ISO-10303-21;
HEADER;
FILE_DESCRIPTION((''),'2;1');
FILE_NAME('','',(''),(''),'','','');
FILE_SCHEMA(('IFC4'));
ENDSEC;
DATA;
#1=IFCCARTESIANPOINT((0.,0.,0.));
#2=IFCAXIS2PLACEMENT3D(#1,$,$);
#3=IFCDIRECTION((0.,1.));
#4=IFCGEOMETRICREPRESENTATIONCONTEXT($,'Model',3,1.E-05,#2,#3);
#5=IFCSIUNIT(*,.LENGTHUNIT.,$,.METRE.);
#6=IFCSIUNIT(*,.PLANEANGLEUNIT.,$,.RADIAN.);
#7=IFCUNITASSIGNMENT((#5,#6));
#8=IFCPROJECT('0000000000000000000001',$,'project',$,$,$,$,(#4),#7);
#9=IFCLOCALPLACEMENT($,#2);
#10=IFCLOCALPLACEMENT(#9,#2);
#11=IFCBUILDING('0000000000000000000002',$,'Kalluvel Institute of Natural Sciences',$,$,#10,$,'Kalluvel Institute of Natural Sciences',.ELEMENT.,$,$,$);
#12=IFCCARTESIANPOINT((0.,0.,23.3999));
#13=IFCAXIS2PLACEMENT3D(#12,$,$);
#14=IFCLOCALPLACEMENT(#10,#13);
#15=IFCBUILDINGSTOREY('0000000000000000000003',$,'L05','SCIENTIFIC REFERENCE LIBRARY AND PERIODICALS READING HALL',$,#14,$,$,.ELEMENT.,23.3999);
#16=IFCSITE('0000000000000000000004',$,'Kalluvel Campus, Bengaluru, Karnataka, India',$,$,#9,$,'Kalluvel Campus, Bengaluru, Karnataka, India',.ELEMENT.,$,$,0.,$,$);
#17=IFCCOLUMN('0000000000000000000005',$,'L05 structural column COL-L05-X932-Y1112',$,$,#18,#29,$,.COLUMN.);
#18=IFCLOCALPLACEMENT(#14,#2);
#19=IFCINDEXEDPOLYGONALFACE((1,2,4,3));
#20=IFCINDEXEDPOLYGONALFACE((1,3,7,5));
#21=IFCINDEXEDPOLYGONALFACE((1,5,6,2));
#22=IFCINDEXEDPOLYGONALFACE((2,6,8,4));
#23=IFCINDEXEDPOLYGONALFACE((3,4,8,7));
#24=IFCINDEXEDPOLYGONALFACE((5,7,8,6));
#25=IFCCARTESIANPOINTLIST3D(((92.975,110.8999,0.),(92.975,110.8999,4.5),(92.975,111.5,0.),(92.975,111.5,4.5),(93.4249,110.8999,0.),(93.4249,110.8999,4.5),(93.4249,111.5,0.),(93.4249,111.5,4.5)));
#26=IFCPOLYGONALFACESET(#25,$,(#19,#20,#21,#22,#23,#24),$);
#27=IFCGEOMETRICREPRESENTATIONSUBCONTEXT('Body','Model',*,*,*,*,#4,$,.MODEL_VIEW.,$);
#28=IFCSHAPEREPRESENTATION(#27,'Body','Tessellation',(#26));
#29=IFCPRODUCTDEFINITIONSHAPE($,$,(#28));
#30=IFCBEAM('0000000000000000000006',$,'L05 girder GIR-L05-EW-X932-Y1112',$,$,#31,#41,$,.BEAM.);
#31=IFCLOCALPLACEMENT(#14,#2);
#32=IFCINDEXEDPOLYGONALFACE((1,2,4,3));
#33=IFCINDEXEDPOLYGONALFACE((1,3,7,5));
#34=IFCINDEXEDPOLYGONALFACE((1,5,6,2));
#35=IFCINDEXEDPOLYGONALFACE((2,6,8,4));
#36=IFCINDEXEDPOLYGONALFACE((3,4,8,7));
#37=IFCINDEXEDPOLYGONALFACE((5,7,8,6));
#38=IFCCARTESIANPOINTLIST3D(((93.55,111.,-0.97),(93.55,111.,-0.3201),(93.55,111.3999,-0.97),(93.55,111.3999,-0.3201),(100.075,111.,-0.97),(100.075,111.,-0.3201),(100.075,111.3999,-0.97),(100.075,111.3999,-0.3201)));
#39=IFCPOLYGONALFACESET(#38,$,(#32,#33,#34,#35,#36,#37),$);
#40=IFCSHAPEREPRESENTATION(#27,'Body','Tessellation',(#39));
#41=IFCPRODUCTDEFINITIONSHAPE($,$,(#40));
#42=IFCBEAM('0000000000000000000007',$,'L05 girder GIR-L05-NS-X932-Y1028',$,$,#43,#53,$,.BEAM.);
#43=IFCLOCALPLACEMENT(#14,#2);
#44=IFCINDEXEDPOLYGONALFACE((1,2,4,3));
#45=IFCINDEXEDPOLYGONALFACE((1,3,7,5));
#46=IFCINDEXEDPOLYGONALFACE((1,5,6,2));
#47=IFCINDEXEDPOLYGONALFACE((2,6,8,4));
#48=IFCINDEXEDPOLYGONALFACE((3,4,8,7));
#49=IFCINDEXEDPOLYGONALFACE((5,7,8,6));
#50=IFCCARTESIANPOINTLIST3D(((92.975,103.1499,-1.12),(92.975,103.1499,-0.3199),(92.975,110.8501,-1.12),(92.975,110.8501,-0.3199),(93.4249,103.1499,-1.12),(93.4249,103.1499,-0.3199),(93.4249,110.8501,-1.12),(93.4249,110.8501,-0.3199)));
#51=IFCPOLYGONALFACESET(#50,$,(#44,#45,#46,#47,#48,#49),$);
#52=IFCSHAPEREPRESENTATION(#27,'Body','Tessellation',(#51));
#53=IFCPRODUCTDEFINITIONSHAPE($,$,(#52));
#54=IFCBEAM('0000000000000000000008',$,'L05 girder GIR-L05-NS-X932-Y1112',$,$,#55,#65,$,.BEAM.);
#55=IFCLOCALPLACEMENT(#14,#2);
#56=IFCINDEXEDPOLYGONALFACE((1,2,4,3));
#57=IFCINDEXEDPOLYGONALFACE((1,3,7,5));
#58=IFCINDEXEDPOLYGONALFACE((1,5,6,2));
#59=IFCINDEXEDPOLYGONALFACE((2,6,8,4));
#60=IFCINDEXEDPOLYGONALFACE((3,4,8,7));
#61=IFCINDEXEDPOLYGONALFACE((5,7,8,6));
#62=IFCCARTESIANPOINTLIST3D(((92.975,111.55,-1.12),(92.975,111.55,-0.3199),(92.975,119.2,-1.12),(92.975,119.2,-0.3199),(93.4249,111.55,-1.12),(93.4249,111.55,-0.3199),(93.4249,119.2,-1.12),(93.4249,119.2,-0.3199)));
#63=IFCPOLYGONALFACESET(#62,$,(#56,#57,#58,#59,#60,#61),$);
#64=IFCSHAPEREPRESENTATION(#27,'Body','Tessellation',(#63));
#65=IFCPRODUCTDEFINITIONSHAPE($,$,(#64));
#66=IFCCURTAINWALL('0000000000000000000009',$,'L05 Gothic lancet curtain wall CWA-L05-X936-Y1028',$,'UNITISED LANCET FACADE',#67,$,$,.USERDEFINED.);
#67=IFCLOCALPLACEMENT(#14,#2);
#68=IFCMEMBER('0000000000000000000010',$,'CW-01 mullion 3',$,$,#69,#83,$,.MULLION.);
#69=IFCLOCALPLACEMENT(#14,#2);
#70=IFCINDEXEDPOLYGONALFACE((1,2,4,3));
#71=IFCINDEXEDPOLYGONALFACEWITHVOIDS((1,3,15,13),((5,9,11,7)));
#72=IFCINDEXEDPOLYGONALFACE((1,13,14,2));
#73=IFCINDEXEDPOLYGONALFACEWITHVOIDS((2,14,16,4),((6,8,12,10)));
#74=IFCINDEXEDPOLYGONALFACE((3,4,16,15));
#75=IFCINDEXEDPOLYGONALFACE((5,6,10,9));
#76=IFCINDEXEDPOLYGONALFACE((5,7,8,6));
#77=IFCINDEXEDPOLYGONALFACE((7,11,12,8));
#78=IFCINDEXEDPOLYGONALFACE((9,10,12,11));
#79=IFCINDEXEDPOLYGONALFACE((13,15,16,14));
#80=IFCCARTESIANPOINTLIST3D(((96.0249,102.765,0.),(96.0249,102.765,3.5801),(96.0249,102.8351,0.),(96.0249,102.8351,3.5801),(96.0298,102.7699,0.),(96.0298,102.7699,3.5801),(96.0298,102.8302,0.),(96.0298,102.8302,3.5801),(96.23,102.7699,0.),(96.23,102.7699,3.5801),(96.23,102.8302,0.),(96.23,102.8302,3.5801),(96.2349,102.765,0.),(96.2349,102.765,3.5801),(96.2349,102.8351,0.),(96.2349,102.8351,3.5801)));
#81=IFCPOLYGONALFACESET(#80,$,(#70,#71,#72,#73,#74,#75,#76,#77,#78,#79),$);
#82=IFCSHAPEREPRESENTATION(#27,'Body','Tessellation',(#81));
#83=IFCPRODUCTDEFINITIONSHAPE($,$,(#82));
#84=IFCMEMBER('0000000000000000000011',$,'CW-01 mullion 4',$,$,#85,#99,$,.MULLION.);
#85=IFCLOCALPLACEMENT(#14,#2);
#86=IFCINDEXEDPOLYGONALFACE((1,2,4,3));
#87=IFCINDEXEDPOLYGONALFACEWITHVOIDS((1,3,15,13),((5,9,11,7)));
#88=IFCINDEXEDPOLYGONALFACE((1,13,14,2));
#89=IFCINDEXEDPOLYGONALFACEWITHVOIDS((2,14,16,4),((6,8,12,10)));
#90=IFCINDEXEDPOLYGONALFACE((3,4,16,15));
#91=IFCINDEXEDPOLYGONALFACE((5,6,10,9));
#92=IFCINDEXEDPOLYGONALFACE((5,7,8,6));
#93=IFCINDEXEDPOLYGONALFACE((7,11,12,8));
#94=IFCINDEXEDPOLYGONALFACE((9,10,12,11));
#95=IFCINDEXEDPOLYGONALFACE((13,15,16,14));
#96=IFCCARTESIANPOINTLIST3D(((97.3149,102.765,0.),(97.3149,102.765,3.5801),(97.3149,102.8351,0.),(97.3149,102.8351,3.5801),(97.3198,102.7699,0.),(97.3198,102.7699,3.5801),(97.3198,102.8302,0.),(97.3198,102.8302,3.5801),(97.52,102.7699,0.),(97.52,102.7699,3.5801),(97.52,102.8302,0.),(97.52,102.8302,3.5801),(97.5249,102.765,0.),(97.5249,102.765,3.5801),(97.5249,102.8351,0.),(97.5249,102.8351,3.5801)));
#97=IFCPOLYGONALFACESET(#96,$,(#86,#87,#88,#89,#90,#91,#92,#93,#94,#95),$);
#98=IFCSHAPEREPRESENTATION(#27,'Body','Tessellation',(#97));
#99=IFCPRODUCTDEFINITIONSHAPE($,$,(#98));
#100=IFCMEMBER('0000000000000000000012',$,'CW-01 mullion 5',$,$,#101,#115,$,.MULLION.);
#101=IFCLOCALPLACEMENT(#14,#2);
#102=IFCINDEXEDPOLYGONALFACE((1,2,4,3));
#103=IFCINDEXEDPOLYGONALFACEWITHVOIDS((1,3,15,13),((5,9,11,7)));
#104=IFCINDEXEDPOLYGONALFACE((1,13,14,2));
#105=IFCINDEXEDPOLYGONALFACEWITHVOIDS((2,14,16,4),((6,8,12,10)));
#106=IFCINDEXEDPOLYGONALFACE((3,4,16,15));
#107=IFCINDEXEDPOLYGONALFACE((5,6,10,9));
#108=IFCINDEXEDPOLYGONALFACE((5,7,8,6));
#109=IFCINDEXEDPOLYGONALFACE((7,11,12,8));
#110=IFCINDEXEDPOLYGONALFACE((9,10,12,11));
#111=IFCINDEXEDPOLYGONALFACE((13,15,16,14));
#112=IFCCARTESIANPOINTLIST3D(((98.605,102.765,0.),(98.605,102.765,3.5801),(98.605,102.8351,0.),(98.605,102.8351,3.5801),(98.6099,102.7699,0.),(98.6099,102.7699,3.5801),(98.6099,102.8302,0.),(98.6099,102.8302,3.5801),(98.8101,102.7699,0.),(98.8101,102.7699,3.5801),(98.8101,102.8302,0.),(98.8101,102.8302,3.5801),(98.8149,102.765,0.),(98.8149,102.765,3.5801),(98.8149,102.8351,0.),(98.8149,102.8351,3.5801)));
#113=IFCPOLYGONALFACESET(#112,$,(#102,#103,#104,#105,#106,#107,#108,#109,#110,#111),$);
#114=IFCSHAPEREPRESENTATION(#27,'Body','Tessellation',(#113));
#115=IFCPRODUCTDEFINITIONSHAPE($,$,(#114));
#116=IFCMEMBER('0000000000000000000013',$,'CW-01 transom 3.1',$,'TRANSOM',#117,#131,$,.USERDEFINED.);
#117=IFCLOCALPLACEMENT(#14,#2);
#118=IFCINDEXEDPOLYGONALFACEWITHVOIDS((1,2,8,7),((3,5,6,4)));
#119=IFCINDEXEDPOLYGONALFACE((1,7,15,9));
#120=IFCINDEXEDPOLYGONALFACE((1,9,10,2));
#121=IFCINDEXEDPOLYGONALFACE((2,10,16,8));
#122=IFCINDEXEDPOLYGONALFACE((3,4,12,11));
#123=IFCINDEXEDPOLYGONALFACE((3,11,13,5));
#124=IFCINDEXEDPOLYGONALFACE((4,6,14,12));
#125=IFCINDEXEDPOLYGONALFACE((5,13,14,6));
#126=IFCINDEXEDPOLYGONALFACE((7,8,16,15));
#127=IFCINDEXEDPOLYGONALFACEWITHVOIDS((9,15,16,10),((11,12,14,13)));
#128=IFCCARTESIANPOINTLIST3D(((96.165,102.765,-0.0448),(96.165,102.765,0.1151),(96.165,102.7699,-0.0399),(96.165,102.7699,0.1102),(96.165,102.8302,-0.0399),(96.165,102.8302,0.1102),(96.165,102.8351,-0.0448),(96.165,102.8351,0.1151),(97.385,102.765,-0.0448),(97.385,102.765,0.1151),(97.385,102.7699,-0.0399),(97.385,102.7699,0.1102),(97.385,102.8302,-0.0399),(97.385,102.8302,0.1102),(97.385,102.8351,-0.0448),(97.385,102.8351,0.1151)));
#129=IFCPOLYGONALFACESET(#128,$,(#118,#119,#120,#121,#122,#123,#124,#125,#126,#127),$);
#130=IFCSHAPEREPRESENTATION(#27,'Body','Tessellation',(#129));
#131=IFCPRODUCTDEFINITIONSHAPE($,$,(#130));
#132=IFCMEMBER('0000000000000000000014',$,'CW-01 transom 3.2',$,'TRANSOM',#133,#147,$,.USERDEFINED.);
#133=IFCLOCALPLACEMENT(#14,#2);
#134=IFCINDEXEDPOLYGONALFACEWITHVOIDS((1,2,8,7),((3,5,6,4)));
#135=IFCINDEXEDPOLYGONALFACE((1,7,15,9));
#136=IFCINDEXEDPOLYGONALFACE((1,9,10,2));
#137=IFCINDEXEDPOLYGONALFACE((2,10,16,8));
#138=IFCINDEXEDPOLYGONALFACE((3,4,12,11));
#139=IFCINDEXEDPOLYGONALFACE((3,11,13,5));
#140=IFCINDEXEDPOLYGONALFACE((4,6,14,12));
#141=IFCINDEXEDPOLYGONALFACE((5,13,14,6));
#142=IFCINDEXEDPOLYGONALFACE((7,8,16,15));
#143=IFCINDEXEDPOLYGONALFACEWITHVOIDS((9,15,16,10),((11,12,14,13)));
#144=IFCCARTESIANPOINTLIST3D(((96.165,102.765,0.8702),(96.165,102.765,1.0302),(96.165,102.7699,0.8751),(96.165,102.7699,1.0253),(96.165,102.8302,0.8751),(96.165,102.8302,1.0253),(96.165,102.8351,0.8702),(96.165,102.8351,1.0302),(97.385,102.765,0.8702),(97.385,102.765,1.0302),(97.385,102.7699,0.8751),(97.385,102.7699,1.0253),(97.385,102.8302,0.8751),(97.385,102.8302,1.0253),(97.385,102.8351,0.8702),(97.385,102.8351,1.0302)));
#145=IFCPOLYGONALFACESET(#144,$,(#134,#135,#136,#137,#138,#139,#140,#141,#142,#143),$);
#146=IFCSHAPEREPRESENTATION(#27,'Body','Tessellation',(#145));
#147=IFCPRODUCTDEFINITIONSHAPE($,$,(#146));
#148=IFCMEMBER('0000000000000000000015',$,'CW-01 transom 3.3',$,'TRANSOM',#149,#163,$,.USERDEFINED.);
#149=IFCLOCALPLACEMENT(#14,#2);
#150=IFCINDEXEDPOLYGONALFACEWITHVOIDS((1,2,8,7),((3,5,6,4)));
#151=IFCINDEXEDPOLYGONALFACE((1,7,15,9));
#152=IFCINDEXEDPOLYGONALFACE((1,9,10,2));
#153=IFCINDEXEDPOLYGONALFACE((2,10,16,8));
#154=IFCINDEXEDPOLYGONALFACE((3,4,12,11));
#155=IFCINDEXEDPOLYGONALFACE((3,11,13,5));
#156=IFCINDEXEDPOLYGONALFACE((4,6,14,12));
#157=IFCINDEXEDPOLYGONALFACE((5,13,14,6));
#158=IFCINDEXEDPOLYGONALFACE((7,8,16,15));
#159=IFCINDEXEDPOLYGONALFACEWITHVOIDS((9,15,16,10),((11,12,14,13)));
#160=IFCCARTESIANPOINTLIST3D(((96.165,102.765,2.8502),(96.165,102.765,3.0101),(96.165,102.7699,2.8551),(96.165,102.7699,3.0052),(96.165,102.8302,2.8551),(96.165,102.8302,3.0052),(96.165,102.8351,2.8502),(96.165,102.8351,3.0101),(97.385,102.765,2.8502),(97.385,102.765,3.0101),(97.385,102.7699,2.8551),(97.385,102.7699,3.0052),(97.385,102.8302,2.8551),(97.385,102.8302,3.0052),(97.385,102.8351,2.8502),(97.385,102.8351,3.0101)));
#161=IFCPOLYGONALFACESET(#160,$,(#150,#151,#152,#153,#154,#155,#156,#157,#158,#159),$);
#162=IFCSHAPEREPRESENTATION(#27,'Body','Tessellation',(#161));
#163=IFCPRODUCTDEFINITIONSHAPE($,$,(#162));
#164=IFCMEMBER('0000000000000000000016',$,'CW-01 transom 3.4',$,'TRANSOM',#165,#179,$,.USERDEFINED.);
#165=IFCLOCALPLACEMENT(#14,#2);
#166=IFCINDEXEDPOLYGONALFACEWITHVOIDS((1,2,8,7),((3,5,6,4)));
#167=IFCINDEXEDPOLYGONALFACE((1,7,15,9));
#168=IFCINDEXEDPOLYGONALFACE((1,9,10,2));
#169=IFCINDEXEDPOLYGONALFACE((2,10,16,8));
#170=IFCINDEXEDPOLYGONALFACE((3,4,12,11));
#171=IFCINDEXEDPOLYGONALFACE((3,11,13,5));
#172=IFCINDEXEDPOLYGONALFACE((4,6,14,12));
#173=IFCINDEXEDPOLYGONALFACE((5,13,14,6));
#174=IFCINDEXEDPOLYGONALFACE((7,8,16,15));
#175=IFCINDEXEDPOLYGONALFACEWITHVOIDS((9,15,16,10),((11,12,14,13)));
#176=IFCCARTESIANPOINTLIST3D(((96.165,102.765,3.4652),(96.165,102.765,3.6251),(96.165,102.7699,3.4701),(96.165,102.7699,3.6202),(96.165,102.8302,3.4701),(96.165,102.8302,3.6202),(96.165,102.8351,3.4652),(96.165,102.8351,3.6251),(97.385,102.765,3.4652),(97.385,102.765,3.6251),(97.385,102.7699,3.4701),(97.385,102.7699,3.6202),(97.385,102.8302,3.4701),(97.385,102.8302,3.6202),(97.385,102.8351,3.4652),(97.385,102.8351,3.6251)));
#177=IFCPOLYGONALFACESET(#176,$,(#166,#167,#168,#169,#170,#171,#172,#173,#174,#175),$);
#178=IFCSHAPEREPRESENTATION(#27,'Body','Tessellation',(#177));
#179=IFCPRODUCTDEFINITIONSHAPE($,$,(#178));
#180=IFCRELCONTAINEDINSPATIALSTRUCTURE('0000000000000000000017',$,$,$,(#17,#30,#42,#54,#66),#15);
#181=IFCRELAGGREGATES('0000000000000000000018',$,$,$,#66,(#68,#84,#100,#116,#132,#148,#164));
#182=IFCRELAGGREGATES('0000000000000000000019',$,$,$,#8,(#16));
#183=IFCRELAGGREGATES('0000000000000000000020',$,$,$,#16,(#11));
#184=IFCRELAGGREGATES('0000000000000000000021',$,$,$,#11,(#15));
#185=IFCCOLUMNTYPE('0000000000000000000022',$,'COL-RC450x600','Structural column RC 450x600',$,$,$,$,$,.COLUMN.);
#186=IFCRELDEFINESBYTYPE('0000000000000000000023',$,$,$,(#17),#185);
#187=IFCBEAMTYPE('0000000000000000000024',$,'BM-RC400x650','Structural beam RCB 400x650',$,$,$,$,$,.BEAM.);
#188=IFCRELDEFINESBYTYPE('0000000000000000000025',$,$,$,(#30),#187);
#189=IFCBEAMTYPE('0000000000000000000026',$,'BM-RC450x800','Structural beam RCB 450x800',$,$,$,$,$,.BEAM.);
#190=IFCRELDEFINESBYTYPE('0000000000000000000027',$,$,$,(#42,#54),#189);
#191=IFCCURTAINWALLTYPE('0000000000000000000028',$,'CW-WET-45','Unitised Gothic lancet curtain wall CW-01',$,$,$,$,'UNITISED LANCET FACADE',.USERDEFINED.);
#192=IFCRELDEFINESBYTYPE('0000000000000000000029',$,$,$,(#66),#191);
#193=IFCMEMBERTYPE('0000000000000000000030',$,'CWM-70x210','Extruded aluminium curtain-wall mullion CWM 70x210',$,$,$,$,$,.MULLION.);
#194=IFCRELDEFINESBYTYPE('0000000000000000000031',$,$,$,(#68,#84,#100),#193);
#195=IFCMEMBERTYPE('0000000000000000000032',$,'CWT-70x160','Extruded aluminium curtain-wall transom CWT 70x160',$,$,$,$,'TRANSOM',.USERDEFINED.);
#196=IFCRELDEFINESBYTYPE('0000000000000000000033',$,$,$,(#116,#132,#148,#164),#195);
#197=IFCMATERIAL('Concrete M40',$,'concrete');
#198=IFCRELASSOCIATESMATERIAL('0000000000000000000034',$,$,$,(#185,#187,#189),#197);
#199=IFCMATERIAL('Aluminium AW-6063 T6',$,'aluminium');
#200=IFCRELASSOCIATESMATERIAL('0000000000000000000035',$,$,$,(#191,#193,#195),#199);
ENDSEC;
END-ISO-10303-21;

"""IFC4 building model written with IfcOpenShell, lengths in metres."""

from ifc_helpers import new_model, si_unit, direction, frame, origin, origin_2d, place, context, subcontext, project, spatial, rectangle, hollow_rectangle, extrude, material, material_profile, profile_set, type_object, element, aggregate, save


model = new_model("IFC4")

# Units and contexts
model_context = context("Model", 3, precision=1e-05, world=origin(), true_north=direction((0.0, 1.0)))
body_context = subcontext(model_context, "Body", "Model", "MODEL_VIEW")
ifc_project = project(units=[si_unit("LENGTHUNIT", "METRE"), si_unit("PLANEANGLEUNIT", "RADIAN")], contexts=[model_context])

# Site, building, storey
site_placement = place(None, origin())
site = spatial("IfcSite", under=ifc_project, at=site_placement, Name="Kalluvel Campus, Bengaluru, Karnataka, India", LongName="Kalluvel Campus, Bengaluru, Karnataka, India", CompositionType="ELEMENT", RefElevation=0.0)
building_placement = place(site_placement, origin())
building = spatial("IfcBuilding", under=site, at=building_placement, Name="Kalluvel Institute of Natural Sciences", LongName="Kalluvel Institute of Natural Sciences", CompositionType="ELEMENT")
storey_placement = place(building_placement, frame((0.0, 0.0, 23.3999)))
storey = spatial("IfcBuildingStorey", under=building, at=storey_placement, Name="L05", Description="SCIENTIFIC REFERENCE LIBRARY AND PERIODICALS READING HALL", CompositionType="ELEMENT", Elevation=23.3999)

# Column
ifc_material_1 = material(Name="Concrete M40", Category="concrete")
ifc_material_profile_1 = material_profile(ifc_material_1, rectangle(XDim=0.45, YDim=0.6001, at=origin_2d()), Name="RC 450x600")
ifc_profile_set_1 = profile_set([ifc_material_profile_1], Name="Concrete M40")
column_type = type_object("IfcColumnType", Name="COL-RC450x600", Description="Structural column RC 450x600", PredefinedType="COLUMN", material=ifc_profile_set_1)
column_placement = place(storey_placement, frame((93.2, 111.2, 0.0), z_axis=(0.0, 0.0, 1.0), x_axis=(1.0, 0.0, 0.0)))
element("IfcColumn", 1, at=column_placement, inside=storey, type_object=column_type, Name="L05 structural column COL-L05-X932-Y1112", PredefinedType="COLUMN", context=body_context, shape_type="SweptSolid", body=[
    extrude(rectangle(XDim=0.45, YDim=0.6001, at=origin_2d()), origin(), (0.0, 0.0, 1.0), 4.5),
])

# Beams
ifc_material_profile_2 = material_profile(ifc_material_1, rectangle(XDim=0.3999, YDim=0.6499, at=origin_2d()), Name="RCB 400x650")
ifc_profile_set_2 = profile_set([ifc_material_profile_2], Name="Concrete M40")
beam_type_1 = type_object("IfcBeamType", Name="BM-RC400x650", Description="Structural beam RCB 400x650", PredefinedType="BEAM", material=ifc_profile_set_2)
beam_1_placement = place(storey_placement, frame((93.55, 111.2, -0.645), z_axis=(1.0, 0.0, 0.0), x_axis=(0.0, 1.0, 0.0)))
element("IfcBeam", 2, at=beam_1_placement, inside=storey, type_object=beam_type_1, Name="L05 girder GIR-L05-EW-X932-Y1112", PredefinedType="BEAM", context=body_context, shape_type="SweptSolid", body=[
    extrude(rectangle(XDim=0.3999, YDim=0.6499, at=origin_2d()), origin(), (0.0, 0.0, 1.0), 6.5249),
])
ifc_material_profile_3 = material_profile(ifc_material_1, rectangle(XDim=0.45, YDim=0.8, at=origin_2d()), Name="RCB 450x800")
ifc_profile_set_3 = profile_set([ifc_material_profile_3], Name="Concrete M40")
beam_type_2 = type_object("IfcBeamType", Name="BM-RC450x800", Description="Structural beam RCB 450x800", PredefinedType="BEAM", material=ifc_profile_set_3)
beam_2_placement = place(storey_placement, frame((93.2, 103.1499, -0.72), z_axis=(0.0, 1.0, 0.0), x_axis=(-1.0, 0.0, 0.0)))
element("IfcBeam", 3, at=beam_2_placement, inside=storey, type_object=beam_type_2, Name="L05 girder GIR-L05-NS-X932-Y1028", PredefinedType="BEAM", context=body_context, shape_type="SweptSolid", body=[
    extrude(rectangle(XDim=0.45, YDim=0.8, at=origin_2d()), origin(), (0.0, 0.0, 1.0), 7.7002),
])
beam_3_placement = place(storey_placement, frame((93.2, 111.55, -0.72), z_axis=(0.0, 1.0, 0.0), x_axis=(-1.0, 0.0, 0.0)))
element("IfcBeam", 4, at=beam_3_placement, inside=storey, type_object=beam_type_2, Name="L05 girder GIR-L05-NS-X932-Y1112", PredefinedType="BEAM", context=body_context, shape_type="SweptSolid", body=[
    extrude(rectangle(XDim=0.45, YDim=0.8, at=origin_2d()), origin(), (0.0, 0.0, 1.0), 7.6499),
])

# Curtain wall, members
ifc_material_2 = material(Name="Aluminium AW-6063 T6", Category="aluminium")
curtain_wall_type = type_object("IfcCurtainWallType", Name="CW-WET-45", Description="Unitised Gothic lancet curtain wall CW-01", ElementType="UNITISED LANCET FACADE", PredefinedType="USERDEFINED", material=ifc_material_2)
curtain_wall_placement = place(storey_placement, origin())
curtain_wall = element("IfcCurtainWall", 5, at=curtain_wall_placement, inside=storey, type_object=curtain_wall_type, Name="L05 Gothic lancet curtain wall CWA-L05-X936-Y1028", ObjectType="UNITISED LANCET FACADE", PredefinedType="USERDEFINED")
ifc_material_profile_4 = material_profile(ifc_material_2, hollow_rectangle(XDim=0.0701, YDim=0.21, WallThickness=0.0049, at=origin_2d()), Name="CWM 70x210")
ifc_profile_set_4 = profile_set([ifc_material_profile_4], Name="Aluminium AW-6063 T6")
member_type_1 = type_object("IfcMemberType", Name="CWM-70x210", Description="Extruded aluminium curtain-wall mullion CWM 70x210", PredefinedType="MULLION", material=ifc_profile_set_4)
member_1_placement = place(storey_placement, frame((96.1299, 102.8, 0.0), z_axis=(0.0, 0.0, 1.0), x_axis=(0.0, 1.0, 0.0)))
member_1 = element("IfcMember", 6, at=member_1_placement, type_object=member_type_1, Name="CW-01 mullion 3", PredefinedType="MULLION", context=body_context, shape_type="SweptSolid", body=[
    extrude(hollow_rectangle(XDim=0.0701, YDim=0.21, WallThickness=0.0049, at=origin_2d()), origin(), (0.0, 0.0, 1.0), 3.5801),
])
member_2_placement = place(storey_placement, frame((97.4199, 102.8, 0.0), z_axis=(0.0, 0.0, 1.0), x_axis=(0.0, 1.0, 0.0)))
member_2 = element("IfcMember", 7, at=member_2_placement, type_object=member_type_1, Name="CW-01 mullion 4", PredefinedType="MULLION", context=body_context, shape_type="SweptSolid", body=[
    extrude(hollow_rectangle(XDim=0.0701, YDim=0.21, WallThickness=0.0049, at=origin_2d()), origin(), (0.0, 0.0, 1.0), 3.5801),
])
member_3_placement = place(storey_placement, frame((98.71, 102.8, 0.0), z_axis=(0.0, 0.0, 1.0), x_axis=(0.0, 1.0, 0.0)))
member_3 = element("IfcMember", 8, at=member_3_placement, type_object=member_type_1, Name="CW-01 mullion 5", PredefinedType="MULLION", context=body_context, shape_type="SweptSolid", body=[
    extrude(hollow_rectangle(XDim=0.0701, YDim=0.21, WallThickness=0.0049, at=origin_2d()), origin(), (0.0, 0.0, 1.0), 3.5801),
])
ifc_material_profile_5 = material_profile(ifc_material_2, hollow_rectangle(XDim=0.0701, YDim=0.1599, WallThickness=0.0049, at=origin_2d()), Name="CWT 70x160")
ifc_profile_set_5 = profile_set([ifc_material_profile_5], Name="Aluminium AW-6063 T6")
member_type_2 = type_object("IfcMemberType", Name="CWT-70x160", Description="Extruded aluminium curtain-wall transom CWT 70x160", ElementType="TRANSOM", PredefinedType="USERDEFINED", material=ifc_profile_set_5)
member_4_placement = place(storey_placement, frame((96.165, 102.8, 0.0352), z_axis=(1.0, 0.0, 0.0), x_axis=(0.0, 1.0, 0.0)))
member_4 = element("IfcMember", 9, at=member_4_placement, type_object=member_type_2, Name="CW-01 transom 3.1", ObjectType="TRANSOM", PredefinedType="USERDEFINED", context=body_context, shape_type="SweptSolid", body=[
    extrude(hollow_rectangle(XDim=0.0701, YDim=0.1599, WallThickness=0.0049, at=origin_2d()), origin(), (0.0, 0.0, 1.0), 1.22),
])
member_5_placement = place(storey_placement, frame((96.165, 102.8, 0.9502), z_axis=(1.0, 0.0, 0.0), x_axis=(0.0, 1.0, 0.0)))
member_5 = element("IfcMember", 10, at=member_5_placement, type_object=member_type_2, Name="CW-01 transom 3.2", ObjectType="TRANSOM", PredefinedType="USERDEFINED", context=body_context, shape_type="SweptSolid", body=[
    extrude(hollow_rectangle(XDim=0.0701, YDim=0.1599, WallThickness=0.0049, at=origin_2d()), origin(), (0.0, 0.0, 1.0), 1.22),
])
member_6_placement = place(storey_placement, frame((96.165, 102.8, 2.9302), z_axis=(1.0, 0.0, 0.0), x_axis=(0.0, 1.0, 0.0)))
member_6 = element("IfcMember", 11, at=member_6_placement, type_object=member_type_2, Name="CW-01 transom 3.3", ObjectType="TRANSOM", PredefinedType="USERDEFINED", context=body_context, shape_type="SweptSolid", body=[
    extrude(hollow_rectangle(XDim=0.0701, YDim=0.1599, WallThickness=0.0049, at=origin_2d()), origin(), (0.0, 0.0, 1.0), 1.22),
])
member_7_placement = place(storey_placement, frame((96.165, 102.8, 3.5452), z_axis=(1.0, 0.0, 0.0), x_axis=(0.0, 1.0, 0.0)))
member_7 = element("IfcMember", 12, at=member_7_placement, type_object=member_type_2, Name="CW-01 transom 3.4", ObjectType="TRANSOM", PredefinedType="USERDEFINED", context=body_context, shape_type="SweptSolid", body=[
    extrude(hollow_rectangle(XDim=0.0701, YDim=0.1599, WallThickness=0.0049, at=origin_2d()), origin(), (0.0, 0.0, 1.0), 1.22),
])

aggregate(curtain_wall, [member_1, member_2, member_3, member_4, member_5, member_6, member_7])

save(model, "model.ifc")
